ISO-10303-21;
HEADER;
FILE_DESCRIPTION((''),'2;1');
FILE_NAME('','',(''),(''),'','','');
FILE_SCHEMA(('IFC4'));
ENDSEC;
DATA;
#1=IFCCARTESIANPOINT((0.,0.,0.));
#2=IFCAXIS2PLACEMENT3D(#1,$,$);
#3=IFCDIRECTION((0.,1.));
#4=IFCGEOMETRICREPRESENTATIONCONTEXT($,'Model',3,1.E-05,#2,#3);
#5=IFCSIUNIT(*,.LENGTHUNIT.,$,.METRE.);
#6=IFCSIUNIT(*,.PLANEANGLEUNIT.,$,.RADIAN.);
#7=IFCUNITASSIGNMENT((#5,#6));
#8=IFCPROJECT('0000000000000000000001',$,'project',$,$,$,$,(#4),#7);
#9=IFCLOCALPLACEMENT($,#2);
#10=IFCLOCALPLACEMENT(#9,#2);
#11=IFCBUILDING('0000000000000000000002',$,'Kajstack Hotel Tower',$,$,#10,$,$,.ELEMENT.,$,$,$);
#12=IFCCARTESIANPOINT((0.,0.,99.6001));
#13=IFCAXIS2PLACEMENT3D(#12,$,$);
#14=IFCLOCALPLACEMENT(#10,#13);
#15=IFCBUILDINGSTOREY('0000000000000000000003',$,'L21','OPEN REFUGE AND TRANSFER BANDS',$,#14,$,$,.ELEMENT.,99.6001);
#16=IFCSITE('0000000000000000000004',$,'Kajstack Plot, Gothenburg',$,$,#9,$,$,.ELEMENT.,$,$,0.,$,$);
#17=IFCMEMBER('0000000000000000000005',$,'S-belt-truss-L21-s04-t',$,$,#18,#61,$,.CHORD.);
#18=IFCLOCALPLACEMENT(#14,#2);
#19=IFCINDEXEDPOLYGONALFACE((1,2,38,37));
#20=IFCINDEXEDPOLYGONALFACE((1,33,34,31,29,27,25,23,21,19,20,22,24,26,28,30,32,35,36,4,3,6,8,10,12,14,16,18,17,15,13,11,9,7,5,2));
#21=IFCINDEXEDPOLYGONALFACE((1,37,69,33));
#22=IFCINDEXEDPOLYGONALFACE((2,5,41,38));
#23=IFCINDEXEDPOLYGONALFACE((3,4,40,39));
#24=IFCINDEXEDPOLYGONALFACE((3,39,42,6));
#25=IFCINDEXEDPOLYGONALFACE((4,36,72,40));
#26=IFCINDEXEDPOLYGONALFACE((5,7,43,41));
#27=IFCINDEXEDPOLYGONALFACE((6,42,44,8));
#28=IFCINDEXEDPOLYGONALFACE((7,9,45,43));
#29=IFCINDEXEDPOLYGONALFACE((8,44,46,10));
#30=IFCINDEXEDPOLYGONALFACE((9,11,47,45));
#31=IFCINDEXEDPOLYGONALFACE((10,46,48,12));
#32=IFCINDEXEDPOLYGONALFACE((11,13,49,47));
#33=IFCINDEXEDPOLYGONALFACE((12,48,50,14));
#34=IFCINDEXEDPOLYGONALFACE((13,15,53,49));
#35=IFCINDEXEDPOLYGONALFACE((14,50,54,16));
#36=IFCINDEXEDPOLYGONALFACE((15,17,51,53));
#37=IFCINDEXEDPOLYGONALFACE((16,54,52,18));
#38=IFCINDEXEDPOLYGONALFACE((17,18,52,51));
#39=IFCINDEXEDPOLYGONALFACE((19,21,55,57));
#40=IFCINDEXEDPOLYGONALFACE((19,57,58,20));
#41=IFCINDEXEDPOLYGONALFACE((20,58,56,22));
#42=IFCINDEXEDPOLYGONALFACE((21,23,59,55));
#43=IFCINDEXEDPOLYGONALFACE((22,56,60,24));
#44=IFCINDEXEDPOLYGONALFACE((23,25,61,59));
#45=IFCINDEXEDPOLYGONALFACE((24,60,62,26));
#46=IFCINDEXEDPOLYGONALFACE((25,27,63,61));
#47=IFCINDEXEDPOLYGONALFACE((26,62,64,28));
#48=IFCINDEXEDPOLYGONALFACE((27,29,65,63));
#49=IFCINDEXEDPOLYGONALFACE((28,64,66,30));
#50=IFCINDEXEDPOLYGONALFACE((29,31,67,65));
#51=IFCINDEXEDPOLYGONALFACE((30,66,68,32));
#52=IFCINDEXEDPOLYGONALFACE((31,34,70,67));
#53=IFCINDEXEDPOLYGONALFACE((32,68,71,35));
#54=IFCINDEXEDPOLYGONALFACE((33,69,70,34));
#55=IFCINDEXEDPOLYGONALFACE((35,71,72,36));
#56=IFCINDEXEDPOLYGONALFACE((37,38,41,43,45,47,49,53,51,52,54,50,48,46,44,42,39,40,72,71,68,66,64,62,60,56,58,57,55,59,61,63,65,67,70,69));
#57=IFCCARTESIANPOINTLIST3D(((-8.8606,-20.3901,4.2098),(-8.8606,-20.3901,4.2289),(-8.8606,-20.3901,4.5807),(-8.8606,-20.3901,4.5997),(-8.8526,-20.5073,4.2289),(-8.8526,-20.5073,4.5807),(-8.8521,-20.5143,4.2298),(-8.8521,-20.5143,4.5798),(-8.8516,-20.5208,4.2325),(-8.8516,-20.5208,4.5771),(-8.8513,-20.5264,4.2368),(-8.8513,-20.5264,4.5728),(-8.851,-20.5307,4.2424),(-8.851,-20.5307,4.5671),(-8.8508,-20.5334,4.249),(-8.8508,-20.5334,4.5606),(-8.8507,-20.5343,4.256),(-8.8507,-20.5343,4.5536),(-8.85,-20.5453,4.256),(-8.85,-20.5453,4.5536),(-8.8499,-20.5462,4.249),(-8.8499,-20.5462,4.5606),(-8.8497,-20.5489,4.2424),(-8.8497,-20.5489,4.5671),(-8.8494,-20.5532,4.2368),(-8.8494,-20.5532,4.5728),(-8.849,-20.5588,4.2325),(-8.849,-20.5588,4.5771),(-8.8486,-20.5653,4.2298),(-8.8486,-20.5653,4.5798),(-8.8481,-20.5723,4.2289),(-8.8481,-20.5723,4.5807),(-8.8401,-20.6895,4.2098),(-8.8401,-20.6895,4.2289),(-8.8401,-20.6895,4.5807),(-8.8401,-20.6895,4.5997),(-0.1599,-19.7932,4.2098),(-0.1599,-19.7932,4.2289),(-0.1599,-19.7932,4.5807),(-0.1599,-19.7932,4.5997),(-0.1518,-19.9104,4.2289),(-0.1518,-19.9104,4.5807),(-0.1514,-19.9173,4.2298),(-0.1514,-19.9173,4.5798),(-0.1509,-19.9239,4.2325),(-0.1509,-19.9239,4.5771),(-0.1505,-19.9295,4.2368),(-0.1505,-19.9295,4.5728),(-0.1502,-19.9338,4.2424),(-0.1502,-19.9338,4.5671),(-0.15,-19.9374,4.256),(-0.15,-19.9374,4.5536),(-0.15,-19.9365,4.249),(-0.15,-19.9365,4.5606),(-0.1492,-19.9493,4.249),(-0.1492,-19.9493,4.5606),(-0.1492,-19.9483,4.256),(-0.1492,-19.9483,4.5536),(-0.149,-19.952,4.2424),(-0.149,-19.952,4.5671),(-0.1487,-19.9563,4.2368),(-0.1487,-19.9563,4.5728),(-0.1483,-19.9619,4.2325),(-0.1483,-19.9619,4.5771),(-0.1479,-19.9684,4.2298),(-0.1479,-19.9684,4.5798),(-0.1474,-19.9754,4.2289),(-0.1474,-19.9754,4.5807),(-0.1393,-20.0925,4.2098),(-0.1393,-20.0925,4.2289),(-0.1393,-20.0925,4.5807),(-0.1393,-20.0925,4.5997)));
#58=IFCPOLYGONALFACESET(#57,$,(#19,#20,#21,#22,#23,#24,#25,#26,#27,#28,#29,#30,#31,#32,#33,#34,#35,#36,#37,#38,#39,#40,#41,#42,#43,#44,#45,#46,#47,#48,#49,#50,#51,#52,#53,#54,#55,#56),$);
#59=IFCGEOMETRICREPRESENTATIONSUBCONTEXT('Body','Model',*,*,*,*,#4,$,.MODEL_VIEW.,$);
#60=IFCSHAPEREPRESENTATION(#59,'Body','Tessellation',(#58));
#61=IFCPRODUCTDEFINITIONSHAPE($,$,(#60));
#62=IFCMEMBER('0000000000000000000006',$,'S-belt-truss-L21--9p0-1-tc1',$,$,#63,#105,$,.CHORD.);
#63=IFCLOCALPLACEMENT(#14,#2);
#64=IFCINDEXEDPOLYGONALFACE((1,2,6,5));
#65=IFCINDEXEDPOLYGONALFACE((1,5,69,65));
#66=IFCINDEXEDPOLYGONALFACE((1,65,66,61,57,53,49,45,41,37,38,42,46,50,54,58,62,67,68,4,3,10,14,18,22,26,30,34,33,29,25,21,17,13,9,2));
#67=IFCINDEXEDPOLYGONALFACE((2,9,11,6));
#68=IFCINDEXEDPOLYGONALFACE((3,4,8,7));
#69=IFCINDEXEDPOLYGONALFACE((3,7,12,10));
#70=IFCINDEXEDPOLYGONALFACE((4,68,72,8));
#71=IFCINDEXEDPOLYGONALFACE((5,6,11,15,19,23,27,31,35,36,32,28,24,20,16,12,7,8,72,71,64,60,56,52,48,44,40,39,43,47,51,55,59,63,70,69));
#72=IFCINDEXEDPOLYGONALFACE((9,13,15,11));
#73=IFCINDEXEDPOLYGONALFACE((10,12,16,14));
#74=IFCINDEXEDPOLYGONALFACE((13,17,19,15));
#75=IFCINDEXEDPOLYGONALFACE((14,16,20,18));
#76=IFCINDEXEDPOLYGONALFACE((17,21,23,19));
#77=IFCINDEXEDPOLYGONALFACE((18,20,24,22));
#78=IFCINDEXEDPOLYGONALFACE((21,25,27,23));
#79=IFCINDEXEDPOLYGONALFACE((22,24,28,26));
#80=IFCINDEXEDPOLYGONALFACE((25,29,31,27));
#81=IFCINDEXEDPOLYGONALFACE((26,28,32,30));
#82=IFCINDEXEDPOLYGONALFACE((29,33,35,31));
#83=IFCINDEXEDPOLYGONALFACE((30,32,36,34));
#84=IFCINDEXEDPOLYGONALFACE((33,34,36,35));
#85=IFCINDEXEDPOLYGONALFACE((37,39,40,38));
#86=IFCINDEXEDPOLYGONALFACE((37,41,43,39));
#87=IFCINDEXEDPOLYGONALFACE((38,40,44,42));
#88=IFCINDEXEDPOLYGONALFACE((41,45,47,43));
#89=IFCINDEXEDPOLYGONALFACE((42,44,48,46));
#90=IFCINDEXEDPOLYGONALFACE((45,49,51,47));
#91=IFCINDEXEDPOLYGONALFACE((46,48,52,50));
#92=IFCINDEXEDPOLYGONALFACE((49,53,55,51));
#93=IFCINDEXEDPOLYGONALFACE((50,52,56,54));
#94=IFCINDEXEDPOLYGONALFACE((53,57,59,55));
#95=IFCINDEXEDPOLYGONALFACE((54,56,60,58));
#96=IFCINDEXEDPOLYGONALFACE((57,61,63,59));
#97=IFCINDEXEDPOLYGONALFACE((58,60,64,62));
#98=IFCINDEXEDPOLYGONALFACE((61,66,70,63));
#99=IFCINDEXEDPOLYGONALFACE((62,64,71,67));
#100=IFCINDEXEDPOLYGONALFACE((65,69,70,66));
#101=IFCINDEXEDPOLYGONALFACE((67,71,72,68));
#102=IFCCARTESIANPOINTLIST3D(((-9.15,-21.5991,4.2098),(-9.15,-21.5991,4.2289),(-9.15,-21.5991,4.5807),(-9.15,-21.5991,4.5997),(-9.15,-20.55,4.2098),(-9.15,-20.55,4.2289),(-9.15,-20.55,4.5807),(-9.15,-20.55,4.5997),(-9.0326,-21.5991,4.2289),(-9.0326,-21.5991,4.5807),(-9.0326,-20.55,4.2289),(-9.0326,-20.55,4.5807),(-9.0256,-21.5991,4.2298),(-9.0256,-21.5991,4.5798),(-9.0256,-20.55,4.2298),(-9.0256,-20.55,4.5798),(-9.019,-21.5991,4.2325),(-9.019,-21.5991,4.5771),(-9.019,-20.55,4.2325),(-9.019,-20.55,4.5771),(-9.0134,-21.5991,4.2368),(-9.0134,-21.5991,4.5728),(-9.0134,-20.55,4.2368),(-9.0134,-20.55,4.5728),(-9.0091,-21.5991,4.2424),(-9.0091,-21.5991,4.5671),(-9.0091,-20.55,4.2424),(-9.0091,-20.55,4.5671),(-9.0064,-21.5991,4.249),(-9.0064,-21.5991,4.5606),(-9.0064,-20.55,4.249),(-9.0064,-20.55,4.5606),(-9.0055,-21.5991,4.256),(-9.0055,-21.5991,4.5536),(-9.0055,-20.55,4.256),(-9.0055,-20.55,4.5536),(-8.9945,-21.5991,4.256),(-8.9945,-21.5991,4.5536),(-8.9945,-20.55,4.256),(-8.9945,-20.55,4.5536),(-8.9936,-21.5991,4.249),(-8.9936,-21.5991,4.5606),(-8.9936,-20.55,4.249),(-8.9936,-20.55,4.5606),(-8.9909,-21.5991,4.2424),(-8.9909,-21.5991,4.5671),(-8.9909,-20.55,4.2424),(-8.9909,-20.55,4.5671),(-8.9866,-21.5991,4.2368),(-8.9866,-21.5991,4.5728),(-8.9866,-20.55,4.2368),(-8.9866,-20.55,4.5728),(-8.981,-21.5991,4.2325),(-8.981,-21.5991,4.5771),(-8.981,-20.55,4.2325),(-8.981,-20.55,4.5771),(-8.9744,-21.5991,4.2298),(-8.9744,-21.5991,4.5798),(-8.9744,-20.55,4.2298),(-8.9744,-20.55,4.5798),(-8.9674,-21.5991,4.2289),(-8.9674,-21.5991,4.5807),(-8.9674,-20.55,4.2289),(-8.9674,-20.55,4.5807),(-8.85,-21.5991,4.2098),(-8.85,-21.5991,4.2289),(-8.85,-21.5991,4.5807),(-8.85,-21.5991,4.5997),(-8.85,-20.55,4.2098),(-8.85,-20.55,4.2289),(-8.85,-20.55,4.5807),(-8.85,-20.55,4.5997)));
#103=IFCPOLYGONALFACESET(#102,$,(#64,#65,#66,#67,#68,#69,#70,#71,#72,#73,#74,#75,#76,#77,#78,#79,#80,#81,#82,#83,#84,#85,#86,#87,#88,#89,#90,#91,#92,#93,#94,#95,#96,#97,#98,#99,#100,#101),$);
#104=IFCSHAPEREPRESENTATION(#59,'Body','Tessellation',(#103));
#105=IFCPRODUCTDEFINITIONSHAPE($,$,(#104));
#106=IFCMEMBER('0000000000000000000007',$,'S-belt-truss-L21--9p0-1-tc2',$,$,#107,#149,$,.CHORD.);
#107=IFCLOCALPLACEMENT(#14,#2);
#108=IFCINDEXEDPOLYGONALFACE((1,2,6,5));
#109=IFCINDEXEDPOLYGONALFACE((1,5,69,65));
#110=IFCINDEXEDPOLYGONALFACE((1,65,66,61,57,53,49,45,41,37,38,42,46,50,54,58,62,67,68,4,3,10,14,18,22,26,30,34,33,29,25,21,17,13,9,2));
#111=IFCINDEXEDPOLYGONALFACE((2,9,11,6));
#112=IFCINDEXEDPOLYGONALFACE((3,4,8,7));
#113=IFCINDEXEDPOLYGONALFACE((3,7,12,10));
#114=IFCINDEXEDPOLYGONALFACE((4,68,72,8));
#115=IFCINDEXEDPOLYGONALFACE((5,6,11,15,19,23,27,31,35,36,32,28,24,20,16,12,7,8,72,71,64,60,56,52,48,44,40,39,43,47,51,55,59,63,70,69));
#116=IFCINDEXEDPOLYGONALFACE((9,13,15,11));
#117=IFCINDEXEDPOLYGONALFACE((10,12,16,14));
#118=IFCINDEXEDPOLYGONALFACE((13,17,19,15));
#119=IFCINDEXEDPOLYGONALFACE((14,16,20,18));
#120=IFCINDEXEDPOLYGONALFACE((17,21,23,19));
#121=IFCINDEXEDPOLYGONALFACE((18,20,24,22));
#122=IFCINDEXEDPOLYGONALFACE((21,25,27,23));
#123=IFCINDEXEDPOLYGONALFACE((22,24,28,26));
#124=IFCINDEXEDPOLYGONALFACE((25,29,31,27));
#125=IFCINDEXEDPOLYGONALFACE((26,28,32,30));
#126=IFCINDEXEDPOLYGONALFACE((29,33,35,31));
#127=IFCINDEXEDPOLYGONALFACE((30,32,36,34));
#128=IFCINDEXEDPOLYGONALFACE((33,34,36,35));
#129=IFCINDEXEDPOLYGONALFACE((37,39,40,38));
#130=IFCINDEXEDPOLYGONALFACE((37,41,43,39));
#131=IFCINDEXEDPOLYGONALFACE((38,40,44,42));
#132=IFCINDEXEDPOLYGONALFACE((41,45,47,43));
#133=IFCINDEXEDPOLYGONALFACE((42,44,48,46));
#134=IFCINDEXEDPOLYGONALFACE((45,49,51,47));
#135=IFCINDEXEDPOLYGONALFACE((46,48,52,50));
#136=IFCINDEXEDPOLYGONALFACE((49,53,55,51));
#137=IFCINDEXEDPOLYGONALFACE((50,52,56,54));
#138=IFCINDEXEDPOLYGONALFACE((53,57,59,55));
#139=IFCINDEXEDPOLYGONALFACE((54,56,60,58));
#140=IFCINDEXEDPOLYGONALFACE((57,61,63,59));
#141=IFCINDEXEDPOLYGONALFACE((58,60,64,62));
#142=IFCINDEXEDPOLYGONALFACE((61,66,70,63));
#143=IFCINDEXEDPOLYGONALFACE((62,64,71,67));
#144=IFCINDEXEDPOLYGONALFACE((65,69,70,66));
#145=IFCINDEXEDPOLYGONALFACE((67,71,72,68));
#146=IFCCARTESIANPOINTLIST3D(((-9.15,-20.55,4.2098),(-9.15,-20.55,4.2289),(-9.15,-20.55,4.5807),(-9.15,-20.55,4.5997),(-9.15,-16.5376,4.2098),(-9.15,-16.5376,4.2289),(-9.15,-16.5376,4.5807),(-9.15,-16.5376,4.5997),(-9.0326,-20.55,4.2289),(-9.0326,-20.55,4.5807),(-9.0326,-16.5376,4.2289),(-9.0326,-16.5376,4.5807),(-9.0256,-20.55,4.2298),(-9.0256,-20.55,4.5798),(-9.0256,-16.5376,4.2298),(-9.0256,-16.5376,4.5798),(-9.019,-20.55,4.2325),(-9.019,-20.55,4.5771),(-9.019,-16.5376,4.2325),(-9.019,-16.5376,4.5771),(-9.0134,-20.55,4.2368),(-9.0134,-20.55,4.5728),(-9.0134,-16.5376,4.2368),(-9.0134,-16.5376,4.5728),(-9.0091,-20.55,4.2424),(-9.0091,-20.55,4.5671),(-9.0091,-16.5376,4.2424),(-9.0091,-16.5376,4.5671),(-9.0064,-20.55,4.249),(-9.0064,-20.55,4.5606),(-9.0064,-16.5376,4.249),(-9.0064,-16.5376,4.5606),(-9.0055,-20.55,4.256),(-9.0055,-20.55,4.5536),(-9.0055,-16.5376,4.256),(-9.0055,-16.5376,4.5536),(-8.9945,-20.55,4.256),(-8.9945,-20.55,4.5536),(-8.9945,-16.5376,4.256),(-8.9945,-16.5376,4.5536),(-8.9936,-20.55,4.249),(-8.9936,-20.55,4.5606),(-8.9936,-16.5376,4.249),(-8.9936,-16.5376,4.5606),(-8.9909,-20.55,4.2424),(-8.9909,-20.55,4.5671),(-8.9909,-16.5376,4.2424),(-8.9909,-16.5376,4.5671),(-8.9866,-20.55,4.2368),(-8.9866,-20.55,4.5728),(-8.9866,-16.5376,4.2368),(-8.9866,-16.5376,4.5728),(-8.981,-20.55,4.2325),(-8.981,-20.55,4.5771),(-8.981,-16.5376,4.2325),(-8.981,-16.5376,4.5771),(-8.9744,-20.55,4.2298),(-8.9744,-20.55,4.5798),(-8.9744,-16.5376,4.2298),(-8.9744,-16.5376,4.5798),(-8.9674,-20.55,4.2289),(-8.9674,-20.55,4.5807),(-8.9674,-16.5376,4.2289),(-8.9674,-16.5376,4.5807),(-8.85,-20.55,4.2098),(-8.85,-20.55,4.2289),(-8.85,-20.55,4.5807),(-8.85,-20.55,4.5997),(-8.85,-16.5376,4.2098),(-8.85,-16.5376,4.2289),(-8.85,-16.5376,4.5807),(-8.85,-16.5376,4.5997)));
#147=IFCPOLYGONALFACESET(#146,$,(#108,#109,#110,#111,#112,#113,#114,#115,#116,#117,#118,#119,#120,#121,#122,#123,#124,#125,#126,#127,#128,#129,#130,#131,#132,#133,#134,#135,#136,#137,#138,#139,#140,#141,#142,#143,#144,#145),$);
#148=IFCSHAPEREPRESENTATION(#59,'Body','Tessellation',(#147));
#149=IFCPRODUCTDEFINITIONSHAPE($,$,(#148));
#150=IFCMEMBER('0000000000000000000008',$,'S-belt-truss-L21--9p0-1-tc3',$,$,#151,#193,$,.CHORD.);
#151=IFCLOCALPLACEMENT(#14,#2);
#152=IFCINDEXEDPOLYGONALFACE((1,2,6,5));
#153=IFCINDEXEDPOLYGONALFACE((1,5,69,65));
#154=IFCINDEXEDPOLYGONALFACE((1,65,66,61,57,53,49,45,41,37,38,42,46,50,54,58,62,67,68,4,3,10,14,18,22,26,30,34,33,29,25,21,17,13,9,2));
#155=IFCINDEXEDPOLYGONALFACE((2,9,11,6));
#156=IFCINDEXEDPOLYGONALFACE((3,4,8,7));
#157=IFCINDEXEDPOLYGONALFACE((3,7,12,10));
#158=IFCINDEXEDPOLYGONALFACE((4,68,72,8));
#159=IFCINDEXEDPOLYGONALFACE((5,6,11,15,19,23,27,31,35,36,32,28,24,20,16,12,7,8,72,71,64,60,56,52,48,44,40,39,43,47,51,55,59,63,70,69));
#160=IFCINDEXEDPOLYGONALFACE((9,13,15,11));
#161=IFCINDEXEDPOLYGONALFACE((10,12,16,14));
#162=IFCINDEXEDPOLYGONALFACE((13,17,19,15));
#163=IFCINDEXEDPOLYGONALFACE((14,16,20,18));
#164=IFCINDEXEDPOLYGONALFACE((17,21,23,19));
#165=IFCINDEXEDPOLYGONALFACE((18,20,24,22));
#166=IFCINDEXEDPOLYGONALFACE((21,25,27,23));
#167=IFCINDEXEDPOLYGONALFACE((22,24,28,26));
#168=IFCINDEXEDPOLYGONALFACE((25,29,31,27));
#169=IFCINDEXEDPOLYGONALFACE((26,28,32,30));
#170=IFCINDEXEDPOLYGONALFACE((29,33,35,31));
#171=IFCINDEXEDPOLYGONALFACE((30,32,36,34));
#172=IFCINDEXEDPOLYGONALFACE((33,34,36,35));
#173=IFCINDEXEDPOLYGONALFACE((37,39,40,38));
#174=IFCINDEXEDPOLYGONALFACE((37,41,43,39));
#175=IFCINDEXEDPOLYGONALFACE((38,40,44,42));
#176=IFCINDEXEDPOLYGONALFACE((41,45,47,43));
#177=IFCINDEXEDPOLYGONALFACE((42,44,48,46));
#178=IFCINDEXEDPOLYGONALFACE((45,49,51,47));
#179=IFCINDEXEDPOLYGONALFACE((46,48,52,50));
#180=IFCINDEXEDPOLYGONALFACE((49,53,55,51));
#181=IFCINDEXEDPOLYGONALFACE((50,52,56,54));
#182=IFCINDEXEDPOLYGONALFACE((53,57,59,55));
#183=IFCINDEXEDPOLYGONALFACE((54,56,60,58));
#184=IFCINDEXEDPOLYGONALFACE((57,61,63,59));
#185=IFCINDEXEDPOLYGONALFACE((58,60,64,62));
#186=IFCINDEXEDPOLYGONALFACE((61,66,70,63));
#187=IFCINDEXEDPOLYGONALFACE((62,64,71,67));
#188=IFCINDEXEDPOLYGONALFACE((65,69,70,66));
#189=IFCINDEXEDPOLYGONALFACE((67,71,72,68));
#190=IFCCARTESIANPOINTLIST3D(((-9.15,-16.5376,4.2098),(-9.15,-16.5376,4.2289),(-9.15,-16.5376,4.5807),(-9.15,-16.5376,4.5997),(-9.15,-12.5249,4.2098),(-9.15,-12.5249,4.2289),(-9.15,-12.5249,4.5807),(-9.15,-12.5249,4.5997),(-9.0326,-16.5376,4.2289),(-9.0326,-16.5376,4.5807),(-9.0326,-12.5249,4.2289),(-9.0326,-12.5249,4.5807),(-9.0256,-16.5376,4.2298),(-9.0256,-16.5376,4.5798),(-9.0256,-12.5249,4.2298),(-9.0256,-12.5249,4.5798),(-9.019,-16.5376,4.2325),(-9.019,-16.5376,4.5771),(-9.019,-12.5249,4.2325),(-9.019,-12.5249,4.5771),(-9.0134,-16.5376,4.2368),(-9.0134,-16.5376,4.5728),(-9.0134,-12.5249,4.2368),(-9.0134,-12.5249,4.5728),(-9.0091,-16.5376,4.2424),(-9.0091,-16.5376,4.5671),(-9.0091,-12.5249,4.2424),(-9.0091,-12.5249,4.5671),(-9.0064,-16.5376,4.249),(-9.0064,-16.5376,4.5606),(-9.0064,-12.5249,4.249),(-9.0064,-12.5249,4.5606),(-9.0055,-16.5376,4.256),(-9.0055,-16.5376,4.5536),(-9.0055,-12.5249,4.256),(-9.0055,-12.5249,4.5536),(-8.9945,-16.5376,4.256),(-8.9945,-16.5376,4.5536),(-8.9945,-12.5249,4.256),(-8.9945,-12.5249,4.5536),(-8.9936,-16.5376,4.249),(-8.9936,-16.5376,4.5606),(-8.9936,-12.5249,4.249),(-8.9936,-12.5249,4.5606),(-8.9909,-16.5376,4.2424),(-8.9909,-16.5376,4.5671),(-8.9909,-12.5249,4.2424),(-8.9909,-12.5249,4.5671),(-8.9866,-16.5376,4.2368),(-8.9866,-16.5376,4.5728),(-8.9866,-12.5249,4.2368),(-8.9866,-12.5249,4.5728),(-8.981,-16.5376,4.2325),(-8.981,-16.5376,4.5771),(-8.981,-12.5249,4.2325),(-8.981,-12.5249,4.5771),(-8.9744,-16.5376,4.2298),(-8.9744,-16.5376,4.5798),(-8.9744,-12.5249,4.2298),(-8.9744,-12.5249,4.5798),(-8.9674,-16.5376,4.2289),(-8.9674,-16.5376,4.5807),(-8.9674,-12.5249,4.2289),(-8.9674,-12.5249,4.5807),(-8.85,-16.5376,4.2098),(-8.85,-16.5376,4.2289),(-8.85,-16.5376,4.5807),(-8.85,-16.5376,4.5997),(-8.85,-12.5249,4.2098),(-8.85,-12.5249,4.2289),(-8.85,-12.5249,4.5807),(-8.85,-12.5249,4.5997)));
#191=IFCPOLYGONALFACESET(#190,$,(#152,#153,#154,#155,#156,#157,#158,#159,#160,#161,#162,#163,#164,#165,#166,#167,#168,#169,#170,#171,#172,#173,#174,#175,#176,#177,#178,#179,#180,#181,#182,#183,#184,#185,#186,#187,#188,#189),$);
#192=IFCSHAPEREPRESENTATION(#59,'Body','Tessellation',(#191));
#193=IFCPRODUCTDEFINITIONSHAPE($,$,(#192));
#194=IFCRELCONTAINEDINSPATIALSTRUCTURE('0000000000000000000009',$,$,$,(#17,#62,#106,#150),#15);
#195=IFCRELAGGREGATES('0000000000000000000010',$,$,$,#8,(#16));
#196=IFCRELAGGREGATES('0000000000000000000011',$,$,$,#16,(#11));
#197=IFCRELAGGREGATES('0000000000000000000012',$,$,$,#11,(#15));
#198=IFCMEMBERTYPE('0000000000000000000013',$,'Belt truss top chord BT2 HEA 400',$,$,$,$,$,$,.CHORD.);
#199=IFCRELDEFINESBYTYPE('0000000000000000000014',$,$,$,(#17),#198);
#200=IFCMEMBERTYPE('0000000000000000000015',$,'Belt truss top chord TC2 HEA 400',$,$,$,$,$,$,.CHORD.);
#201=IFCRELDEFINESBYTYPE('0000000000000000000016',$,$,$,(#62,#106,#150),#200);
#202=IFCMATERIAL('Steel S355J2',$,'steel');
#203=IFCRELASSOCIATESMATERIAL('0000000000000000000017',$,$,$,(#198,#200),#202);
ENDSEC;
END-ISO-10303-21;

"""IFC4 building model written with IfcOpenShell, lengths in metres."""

from ifc_helpers import new_model, si_unit, direction, frame, origin, origin_2d, place, context, subcontext, project, spatial, i_section, extrude, material, material_profile, profile_set, type_object, element, save


model = new_model("IFC4")

# Units and contexts
model_context = context("Model", 3, precision=1e-05, world=origin(), true_north=direction((0.0, 1.0)))
body_context = subcontext(model_context, "Body", "Model", "MODEL_VIEW")
ifc_project = project(units=[si_unit("LENGTHUNIT", "METRE"), si_unit("PLANEANGLEUNIT", "RADIAN")], contexts=[model_context])

# Site, building, storey
site_placement = place(None, origin())
site = spatial("IfcSite", under=ifc_project, at=site_placement, Name="Kajstack Plot, Gothenburg", CompositionType="ELEMENT", RefElevation=0.0)
building_placement = place(site_placement, origin())
building = spatial("IfcBuilding", under=site, at=building_placement, Name="Kajstack Hotel Tower", CompositionType="ELEMENT")
storey_placement = place(building_placement, frame((0.0, 0.0, 99.6001)))
storey = spatial("IfcBuildingStorey", under=building, at=storey_placement, Name="L21", Description="OPEN REFUGE AND TRANSFER BANDS", CompositionType="ELEMENT", Elevation=99.6001)

# Members
ifc_material_1 = material(Name="Steel S355J2", Category="steel")
ifc_material_profile_1 = material_profile(ifc_material_1, i_section(OverallWidth=0.3, OverallDepth=0.3899, WebThickness=0.011, FlangeThickness=0.019, FilletRadius=0.0271, at=origin_2d()), Name="HEA 400")
ifc_profile_set_1 = profile_set([ifc_material_profile_1], Name="Steel S355J2")
member_type_1 = type_object("IfcMemberType", Name="Belt truss top chord BT2 HEA 400", PredefinedType="CHORD", material=ifc_profile_set_1)
member_1_placement = place(storey_placement, frame((-8.8503, -20.5398, 4.4048), z_axis=(0.997655, 0.068446, 0.0), x_axis=(-0.068446, 0.997655, 0.0)))
element("IfcMember", 1, at=member_1_placement, inside=storey, type_object=member_type_1, Name="S-belt-truss-L21-s04-t", PredefinedType="CHORD", context=body_context, shape_type="SweptSolid", body=[
    extrude(i_section(OverallWidth=0.3, OverallDepth=0.3899, WebThickness=0.011, FlangeThickness=0.019, FilletRadius=0.0271, at=origin_2d()), origin(), (0.0, 0.0, 1.0), 8.7212),
])
ifc_material_profile_2 = material_profile(ifc_material_1, i_section(OverallWidth=0.3, OverallDepth=0.3899, WebThickness=0.011, FlangeThickness=0.019, FilletRadius=0.0271, at=origin_2d()), Name="HEA 400")
ifc_profile_set_2 = profile_set([ifc_material_profile_2], Name="Steel S355J2")
member_type_2 = type_object("IfcMemberType", Name="Belt truss top chord TC2 HEA 400", PredefinedType="CHORD", material=ifc_profile_set_2)
member_2_placement = place(storey_placement, frame((-9.0, -21.5991, 4.4048), z_axis=(0.0, 1.0, 0.0), x_axis=(-1.0, 0.0, 0.0)))
element("IfcMember", 2, at=member_2_placement, inside=storey, type_object=member_type_2, Name="S-belt-truss-L21--9p0-1-tc1", PredefinedType="CHORD", context=body_context, shape_type="SweptSolid", body=[
    extrude(i_section(OverallWidth=0.3, OverallDepth=0.3899, WebThickness=0.011, FlangeThickness=0.019, FilletRadius=0.0271, at=origin_2d()), origin(), (0.0, 0.0, 1.0), 1.0491),
])
member_3_placement = place(storey_placement, frame((-9.0, -20.55, 4.4048), z_axis=(0.0, 1.0, 0.0), x_axis=(-1.0, 0.0, 0.0)))
element("IfcMember", 3, at=member_3_placement, inside=storey, type_object=member_type_2, Name="S-belt-truss-L21--9p0-1-tc2", PredefinedType="CHORD", context=body_context, shape_type="SweptSolid", body=[
    extrude(i_section(OverallWidth=0.3, OverallDepth=0.3899, WebThickness=0.011, FlangeThickness=0.019, FilletRadius=0.0271, at=origin_2d()), origin(), (0.0, 0.0, 1.0), 4.0125),
])
member_4_placement = place(storey_placement, frame((-9.0, -16.5376, 4.4048), z_axis=(0.0, 1.0, 0.0), x_axis=(-1.0, 0.0, 0.0)))
element("IfcMember", 4, at=member_4_placement, inside=storey, type_object=member_type_2, Name="S-belt-truss-L21--9p0-1-tc3", PredefinedType="CHORD", context=body_context, shape_type="SweptSolid", body=[
    extrude(i_section(OverallWidth=0.3, OverallDepth=0.3899, WebThickness=0.011, FlangeThickness=0.019, FilletRadius=0.0271, at=origin_2d()), origin(), (0.0, 0.0, 1.0), 4.0127),
])

save(model, "model.ifc")
